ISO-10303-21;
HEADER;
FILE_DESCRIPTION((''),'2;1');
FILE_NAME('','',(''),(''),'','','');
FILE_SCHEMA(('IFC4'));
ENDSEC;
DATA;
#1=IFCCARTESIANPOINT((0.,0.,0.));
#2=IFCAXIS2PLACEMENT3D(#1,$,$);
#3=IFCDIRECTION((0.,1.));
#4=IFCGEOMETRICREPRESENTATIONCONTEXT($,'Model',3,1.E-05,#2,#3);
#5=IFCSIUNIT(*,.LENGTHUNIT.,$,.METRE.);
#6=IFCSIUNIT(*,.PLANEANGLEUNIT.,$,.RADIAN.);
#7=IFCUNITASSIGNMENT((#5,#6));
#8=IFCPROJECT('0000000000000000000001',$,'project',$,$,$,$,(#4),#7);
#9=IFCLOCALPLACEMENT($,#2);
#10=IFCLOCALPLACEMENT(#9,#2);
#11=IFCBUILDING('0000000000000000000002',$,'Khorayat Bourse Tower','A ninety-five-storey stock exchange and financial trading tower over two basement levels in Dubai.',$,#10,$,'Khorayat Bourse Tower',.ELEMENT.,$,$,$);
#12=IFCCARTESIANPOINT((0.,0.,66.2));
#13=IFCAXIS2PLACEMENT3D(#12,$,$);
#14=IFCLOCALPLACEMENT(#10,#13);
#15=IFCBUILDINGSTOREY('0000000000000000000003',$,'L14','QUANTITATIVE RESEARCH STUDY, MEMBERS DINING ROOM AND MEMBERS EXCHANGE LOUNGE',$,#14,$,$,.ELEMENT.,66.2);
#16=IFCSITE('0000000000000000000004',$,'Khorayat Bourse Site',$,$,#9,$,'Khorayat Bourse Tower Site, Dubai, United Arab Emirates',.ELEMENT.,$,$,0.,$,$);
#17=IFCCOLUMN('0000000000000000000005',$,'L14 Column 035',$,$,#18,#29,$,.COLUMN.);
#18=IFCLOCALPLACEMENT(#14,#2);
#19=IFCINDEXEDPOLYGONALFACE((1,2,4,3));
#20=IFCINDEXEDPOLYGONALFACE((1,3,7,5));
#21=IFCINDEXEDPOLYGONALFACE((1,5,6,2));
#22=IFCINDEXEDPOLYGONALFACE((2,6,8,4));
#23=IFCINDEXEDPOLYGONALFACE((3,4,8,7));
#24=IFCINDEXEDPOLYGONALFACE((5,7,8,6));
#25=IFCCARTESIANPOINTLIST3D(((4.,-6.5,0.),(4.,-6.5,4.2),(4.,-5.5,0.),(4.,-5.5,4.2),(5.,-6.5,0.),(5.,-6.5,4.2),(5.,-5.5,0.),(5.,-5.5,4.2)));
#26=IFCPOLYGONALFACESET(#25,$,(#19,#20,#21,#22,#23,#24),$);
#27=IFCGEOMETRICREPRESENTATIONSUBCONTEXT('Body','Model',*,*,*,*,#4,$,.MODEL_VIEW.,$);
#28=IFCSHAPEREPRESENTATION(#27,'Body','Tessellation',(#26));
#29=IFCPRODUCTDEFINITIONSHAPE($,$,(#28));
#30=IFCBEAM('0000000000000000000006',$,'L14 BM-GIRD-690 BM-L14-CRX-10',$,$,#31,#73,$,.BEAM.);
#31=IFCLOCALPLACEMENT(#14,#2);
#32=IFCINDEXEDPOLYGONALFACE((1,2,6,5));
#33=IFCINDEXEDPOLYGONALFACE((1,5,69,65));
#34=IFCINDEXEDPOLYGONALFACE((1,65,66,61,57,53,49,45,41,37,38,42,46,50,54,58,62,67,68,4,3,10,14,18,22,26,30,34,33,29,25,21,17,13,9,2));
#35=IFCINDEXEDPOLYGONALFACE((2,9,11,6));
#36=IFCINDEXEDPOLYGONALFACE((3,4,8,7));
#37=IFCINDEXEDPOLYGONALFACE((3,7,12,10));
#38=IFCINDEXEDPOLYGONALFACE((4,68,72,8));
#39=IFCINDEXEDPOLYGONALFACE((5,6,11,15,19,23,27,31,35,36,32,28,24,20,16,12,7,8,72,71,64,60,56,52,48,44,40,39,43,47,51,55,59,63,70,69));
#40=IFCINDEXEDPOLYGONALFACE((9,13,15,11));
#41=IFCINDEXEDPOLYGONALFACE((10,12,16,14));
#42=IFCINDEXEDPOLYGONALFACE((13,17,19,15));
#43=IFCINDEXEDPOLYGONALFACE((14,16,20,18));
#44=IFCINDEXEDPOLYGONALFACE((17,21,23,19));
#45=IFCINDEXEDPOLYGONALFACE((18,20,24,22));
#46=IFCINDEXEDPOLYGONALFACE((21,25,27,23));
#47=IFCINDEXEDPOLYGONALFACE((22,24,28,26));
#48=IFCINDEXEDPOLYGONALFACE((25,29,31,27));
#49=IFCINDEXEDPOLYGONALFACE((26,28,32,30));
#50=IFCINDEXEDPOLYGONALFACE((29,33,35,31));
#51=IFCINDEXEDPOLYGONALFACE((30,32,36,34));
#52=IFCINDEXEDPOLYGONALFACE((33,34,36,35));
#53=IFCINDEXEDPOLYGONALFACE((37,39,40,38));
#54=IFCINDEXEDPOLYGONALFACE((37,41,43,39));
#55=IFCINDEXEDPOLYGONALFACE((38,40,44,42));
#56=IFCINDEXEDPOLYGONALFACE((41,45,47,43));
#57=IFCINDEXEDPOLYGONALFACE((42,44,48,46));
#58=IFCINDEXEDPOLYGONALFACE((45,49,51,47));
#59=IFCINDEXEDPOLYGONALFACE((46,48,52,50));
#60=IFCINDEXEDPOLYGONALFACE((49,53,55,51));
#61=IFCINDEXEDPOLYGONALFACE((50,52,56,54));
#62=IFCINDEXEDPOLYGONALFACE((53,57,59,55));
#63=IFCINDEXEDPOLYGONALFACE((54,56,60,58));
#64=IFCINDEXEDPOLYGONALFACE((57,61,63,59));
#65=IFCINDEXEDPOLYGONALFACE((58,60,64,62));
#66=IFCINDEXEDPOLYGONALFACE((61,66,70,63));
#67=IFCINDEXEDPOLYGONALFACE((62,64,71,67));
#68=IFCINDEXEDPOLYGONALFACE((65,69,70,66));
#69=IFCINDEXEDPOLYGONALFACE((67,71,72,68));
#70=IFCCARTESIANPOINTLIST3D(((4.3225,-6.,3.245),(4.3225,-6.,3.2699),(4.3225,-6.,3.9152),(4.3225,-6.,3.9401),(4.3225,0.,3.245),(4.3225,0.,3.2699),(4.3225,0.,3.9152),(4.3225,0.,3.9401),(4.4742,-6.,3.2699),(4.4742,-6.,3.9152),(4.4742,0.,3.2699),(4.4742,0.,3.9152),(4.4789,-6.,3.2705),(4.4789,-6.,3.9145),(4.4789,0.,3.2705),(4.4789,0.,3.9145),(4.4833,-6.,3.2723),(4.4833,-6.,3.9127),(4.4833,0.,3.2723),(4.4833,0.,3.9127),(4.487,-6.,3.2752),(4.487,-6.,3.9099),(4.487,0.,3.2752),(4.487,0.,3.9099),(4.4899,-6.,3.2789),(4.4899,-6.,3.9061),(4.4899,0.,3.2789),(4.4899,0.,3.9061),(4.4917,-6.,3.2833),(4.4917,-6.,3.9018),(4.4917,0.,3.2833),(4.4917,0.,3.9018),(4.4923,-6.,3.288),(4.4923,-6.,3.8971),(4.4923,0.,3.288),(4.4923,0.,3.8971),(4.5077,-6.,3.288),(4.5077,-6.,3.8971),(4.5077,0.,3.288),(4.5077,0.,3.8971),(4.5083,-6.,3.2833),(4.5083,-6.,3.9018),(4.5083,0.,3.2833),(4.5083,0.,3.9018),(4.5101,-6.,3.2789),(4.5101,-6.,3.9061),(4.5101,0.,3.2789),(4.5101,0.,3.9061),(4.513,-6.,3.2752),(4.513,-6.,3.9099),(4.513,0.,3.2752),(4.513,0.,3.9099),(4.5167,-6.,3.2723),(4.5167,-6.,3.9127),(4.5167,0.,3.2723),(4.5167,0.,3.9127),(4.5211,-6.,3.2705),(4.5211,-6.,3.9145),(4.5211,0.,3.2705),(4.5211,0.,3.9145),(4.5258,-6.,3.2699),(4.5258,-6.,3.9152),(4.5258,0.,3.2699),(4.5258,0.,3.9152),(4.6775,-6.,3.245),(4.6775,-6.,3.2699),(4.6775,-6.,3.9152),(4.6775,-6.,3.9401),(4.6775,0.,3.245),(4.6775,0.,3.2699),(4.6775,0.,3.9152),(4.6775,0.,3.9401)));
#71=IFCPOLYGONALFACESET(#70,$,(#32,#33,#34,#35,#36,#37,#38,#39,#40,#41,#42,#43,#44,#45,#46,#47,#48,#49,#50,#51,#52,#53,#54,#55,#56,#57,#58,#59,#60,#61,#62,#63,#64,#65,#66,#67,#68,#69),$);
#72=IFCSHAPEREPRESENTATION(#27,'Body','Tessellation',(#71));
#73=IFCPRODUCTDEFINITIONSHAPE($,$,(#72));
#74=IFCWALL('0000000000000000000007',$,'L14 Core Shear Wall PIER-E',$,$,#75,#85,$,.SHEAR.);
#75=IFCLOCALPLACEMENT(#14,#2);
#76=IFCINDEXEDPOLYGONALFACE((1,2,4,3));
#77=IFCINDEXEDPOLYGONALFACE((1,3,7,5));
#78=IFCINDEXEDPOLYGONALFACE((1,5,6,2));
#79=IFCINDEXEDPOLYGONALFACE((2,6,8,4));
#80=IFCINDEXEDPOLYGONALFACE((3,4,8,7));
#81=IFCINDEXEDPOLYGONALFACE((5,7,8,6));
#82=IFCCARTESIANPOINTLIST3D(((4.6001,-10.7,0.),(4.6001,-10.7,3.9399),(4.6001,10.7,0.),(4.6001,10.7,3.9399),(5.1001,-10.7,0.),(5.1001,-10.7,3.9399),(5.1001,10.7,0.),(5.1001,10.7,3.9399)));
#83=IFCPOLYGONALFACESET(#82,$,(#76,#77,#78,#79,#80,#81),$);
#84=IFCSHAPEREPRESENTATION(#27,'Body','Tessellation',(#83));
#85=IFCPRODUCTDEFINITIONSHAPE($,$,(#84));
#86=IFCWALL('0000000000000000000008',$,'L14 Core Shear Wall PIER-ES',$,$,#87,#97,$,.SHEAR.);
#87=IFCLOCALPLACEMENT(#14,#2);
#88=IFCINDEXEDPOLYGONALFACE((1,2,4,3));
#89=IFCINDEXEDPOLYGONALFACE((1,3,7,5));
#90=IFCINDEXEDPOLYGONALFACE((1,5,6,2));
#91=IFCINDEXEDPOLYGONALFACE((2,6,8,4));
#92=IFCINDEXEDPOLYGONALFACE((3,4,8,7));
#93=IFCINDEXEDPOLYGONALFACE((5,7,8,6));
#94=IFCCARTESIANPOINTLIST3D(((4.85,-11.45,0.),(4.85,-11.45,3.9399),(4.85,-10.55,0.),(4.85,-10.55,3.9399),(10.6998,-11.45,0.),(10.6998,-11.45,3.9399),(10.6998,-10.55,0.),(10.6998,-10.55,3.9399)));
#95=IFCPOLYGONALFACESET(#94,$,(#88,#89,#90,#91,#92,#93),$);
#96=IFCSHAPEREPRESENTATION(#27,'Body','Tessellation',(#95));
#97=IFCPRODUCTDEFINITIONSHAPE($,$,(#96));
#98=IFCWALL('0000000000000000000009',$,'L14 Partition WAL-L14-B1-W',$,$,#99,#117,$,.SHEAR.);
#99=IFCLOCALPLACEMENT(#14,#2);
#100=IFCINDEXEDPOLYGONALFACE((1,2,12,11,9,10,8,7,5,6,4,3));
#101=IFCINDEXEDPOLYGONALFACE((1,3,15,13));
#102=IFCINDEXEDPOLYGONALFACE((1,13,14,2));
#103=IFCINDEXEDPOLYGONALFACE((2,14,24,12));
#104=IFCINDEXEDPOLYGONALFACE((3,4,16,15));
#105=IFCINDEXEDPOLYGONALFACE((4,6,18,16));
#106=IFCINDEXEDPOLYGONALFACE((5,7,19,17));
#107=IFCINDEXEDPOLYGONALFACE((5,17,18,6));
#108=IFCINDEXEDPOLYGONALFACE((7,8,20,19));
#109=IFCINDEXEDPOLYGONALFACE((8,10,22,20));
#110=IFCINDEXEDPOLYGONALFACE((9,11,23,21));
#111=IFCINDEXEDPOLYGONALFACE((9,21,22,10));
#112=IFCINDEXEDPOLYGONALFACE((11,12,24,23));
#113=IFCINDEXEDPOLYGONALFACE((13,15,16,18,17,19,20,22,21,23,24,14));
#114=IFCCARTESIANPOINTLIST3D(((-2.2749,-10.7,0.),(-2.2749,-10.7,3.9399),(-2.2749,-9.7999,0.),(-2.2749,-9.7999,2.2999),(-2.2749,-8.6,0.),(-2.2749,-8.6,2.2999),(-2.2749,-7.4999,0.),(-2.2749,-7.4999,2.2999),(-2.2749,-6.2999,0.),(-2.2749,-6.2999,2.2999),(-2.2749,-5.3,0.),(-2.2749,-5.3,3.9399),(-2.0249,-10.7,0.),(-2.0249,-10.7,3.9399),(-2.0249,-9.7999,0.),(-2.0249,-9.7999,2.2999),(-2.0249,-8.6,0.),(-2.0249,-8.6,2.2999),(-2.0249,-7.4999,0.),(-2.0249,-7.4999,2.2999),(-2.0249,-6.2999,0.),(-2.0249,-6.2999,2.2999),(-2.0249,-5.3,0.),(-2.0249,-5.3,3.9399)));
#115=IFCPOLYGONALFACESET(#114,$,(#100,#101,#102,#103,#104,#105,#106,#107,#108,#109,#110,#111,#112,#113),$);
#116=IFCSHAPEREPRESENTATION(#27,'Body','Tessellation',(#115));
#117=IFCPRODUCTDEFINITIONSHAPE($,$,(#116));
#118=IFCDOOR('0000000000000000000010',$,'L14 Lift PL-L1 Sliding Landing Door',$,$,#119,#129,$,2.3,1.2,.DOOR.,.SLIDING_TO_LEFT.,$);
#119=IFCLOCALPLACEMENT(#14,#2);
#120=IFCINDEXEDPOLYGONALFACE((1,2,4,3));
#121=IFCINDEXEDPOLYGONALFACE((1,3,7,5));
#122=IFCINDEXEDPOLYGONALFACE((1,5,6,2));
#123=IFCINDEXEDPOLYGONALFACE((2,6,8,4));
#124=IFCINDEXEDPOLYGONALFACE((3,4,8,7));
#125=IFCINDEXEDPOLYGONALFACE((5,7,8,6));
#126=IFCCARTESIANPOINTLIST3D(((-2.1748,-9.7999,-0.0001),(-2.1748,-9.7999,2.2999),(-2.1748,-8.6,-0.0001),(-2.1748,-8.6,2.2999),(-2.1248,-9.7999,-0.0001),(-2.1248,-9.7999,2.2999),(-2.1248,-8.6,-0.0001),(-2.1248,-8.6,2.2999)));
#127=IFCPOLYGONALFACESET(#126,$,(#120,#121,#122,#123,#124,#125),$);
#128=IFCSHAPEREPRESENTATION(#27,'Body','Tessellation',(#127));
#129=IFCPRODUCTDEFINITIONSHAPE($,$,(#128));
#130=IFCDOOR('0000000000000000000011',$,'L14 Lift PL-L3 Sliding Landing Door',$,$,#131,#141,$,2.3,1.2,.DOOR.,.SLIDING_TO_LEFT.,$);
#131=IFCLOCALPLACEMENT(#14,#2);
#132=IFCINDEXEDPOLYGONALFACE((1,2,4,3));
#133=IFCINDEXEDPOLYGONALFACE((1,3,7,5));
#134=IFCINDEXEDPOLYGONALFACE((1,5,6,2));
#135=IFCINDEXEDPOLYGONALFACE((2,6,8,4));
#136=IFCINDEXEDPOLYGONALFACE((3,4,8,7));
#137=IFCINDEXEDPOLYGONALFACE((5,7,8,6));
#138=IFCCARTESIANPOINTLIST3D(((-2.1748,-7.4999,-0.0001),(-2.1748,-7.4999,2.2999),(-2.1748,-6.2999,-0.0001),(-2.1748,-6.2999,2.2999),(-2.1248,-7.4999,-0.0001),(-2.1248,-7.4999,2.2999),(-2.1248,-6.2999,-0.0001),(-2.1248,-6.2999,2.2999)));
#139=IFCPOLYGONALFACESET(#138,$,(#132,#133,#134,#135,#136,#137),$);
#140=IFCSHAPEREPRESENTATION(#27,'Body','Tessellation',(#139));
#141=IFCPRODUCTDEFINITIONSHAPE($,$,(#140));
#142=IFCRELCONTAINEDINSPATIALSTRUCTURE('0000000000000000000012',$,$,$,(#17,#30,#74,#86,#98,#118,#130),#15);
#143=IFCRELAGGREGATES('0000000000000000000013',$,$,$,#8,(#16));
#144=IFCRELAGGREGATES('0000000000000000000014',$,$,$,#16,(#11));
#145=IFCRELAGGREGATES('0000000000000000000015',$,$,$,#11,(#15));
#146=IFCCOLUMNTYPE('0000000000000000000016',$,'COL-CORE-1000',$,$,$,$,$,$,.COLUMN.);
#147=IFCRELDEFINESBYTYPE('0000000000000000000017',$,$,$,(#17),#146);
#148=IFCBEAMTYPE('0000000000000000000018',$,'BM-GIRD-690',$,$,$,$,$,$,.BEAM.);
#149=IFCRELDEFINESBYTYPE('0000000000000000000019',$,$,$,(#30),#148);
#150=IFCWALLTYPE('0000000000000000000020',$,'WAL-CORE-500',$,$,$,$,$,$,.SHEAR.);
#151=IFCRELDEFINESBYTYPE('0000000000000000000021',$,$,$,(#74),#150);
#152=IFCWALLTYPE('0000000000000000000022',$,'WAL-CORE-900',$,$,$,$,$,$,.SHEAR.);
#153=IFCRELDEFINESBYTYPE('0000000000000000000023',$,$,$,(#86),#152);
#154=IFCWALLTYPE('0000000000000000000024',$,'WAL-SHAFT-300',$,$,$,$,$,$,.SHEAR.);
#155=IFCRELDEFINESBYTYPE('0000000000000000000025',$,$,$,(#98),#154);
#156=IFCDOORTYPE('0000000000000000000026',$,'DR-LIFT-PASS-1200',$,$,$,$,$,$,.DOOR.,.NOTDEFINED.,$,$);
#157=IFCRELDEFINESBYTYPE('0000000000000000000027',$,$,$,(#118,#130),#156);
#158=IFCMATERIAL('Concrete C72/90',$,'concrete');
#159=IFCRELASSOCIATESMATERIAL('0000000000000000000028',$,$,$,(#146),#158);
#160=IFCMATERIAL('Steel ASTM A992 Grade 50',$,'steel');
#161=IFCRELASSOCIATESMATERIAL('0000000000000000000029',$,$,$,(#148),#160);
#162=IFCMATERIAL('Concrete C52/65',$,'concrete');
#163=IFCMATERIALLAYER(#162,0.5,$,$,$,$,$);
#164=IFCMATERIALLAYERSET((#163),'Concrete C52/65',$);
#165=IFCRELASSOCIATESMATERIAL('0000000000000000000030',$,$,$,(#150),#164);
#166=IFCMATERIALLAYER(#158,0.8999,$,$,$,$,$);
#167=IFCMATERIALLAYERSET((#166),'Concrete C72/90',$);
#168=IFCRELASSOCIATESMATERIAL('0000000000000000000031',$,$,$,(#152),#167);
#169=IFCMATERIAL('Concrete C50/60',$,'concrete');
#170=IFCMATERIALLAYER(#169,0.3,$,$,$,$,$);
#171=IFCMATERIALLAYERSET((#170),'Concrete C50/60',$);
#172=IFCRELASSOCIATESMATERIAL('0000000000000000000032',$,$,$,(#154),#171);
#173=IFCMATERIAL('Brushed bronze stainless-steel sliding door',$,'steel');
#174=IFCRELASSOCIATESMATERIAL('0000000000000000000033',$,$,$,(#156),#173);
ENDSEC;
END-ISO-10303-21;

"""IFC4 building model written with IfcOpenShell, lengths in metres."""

from ifc_helpers import new_model, si_unit, direction, frame, frame_2d, origin, origin_2d, place, context, subcontext, project, spatial, rectangle, i_section, extrude, source, transform, mapped, material, layer, layer_set, material_profile, profile_set, type_object, element, fill, save


model = new_model("IFC4")

# Units and contexts
model_context = context("Model", 3, precision=1e-05, world=origin(), true_north=direction((0.0, 1.0)))
body_context = subcontext(model_context, "Body", "Model", "MODEL_VIEW")
ifc_project = project(units=[si_unit("LENGTHUNIT", "METRE"), si_unit("PLANEANGLEUNIT", "RADIAN")], contexts=[model_context])

# Site, building, storey
site_placement = place(None, origin())
site = spatial("IfcSite", under=ifc_project, at=site_placement, Name="Khorayat Bourse Site", LongName="Khorayat Bourse Tower Site, Dubai, United Arab Emirates", CompositionType="ELEMENT", RefElevation=0.0)
building_placement = place(site_placement, origin())
building = spatial("IfcBuilding", under=site, at=building_placement, Name="Khorayat Bourse Tower", Description="A ninety-five-storey stock exchange and financial trading tower over two basement levels in Dubai.", LongName="Khorayat Bourse Tower", CompositionType="ELEMENT")
storey_placement = place(building_placement, frame((0.0, 0.0, 66.2)))
storey = spatial("IfcBuildingStorey", under=building, at=storey_placement, Name="L14", Description="QUANTITATIVE RESEARCH STUDY, MEMBERS DINING ROOM AND MEMBERS EXCHANGE LOUNGE", CompositionType="ELEMENT", Elevation=66.2)

# Column
ifc_material_1 = material(Name="Concrete C72/90", Category="concrete")
ifc_material_profile_1 = material_profile(ifc_material_1, rectangle(XDim=1.0, YDim=1.0, at=origin_2d()), Name="RC 1000x1000")
ifc_profile_set_1 = profile_set([ifc_material_profile_1], Name="Concrete C72/90")
column_type = type_object("IfcColumnType", Name="COL-CORE-1000", PredefinedType="COLUMN", material=ifc_profile_set_1)
shared_shape_1 = source(origin(), body_context, "Body", "SweptSolid", [
    extrude(rectangle(XDim=1.0, YDim=1.0, at=origin_2d()), origin(), (0.0, 0.0, 1.0), 4.2),
])
column_placement = place(storey_placement, frame((4.5, -6.0, 0.0), z_axis=(0.0, 0.0, 1.0), x_axis=(1.0, 0.0, 0.0)))
element("IfcColumn", 1, at=column_placement, inside=storey, type_object=column_type, Name="L14 Column 035", PredefinedType="COLUMN", context=body_context, shape_type="MappedRepresentation", body=[
    mapped(shared_shape_1, transform((0.0, 0.0, 0.0), scale=1.0)),
])

# Beam
ifc_material_2 = material(Name="Steel ASTM A992 Grade 50", Category="steel")
ifc_material_profile_2 = material_profile(ifc_material_2, i_section(OverallWidth=0.355, OverallDepth=0.6951, WebThickness=0.0154, FlangeThickness=0.0249, FilletRadius=0.0181, at=origin_2d()), Name="W690X217")
ifc_profile_set_2 = profile_set([ifc_material_profile_2], Name="Steel ASTM A992 Grade 50")
beam_type = type_object("IfcBeamType", Name="BM-GIRD-690", PredefinedType="BEAM", material=ifc_profile_set_2)
shared_shape_2 = source(origin(), body_context, "Body", "SweptSolid", [
    extrude(i_section(OverallWidth=0.355, OverallDepth=0.6951, WebThickness=0.0154, FlangeThickness=0.0249, FilletRadius=0.0181, at=origin_2d()), origin(), (0.0, 0.0, 1.0), 6.0),
])
beam_placement = place(storey_placement, frame((4.5, -6.0, 3.5925), z_axis=(0.0, 1.0, 0.0), x_axis=(-1.0, 0.0, 0.0)))
element("IfcBeam", 2, at=beam_placement, inside=storey, type_object=beam_type, Name="L14 BM-GIRD-690 BM-L14-CRX-10", PredefinedType="BEAM", context=body_context, shape_type="MappedRepresentation", body=[
    mapped(shared_shape_2, transform((0.0, 0.0, 0.0), scale=1.0)),
])

# Walls
ifc_material_3 = material(Name="Concrete C52/65", Category="concrete")
ifc_layer_1 = layer(ifc_material_3, 0.5)
ifc_layer_set_1 = layer_set([ifc_layer_1], Name="Concrete C52/65")
wall_type_1 = type_object("IfcWallType", Name="WAL-CORE-500", PredefinedType="SHEAR", material=ifc_layer_set_1)
shared_shape_3 = source(origin(), body_context, "Body", "SweptSolid", [
    extrude(rectangle(XDim=21.3999, YDim=0.5, at=frame_2d((10.7, 0.0))), origin(), (0.0, 0.0, 1.0), 3.9399),
])
wall_1_placement = place(storey_placement, frame((4.8501, -10.7, 0.0), z_axis=(0.0, 0.0, 1.0), x_axis=(0.0, 1.0, 0.0)))
element("IfcWall", 3, at=wall_1_placement, inside=storey, type_object=wall_type_1, Name="L14 Core Shear Wall PIER-E", PredefinedType="SHEAR", context=body_context, shape_type="MappedRepresentation", body=[
    mapped(shared_shape_3, transform((0.0, 0.0, 0.0), scale=1.0)),
])
ifc_layer_2 = layer(ifc_material_1, 0.8999)
ifc_layer_set_2 = layer_set([ifc_layer_2], Name="Concrete C72/90")
wall_type_2 = type_object("IfcWallType", Name="WAL-CORE-900", PredefinedType="SHEAR", material=ifc_layer_set_2)
shared_shape_4 = source(origin(), body_context, "Body", "SweptSolid", [
    extrude(rectangle(XDim=5.8499, YDim=0.8999, at=frame_2d((2.9248, 0.0))), origin(), (0.0, 0.0, 1.0), 3.9399),
])
wall_2_placement = place(storey_placement, frame((4.8501, -11.0, 0.0), z_axis=(0.0, 0.0, 1.0), x_axis=(1.0, 0.0, 0.0)))
element("IfcWall", 4, at=wall_2_placement, inside=storey, type_object=wall_type_2, Name="L14 Core Shear Wall PIER-ES", PredefinedType="SHEAR", context=body_context, shape_type="MappedRepresentation", body=[
    mapped(shared_shape_4, transform((0.0, 0.0, 0.0), scale=1.0)),
])

# Wall, openings, doors
ifc_material_4 = material(Name="Concrete C50/60", Category="concrete")
ifc_layer_3 = layer(ifc_material_4, 0.3)
ifc_layer_set_3 = layer_set([ifc_layer_3], Name="Concrete C50/60")
wall_type_3 = type_object("IfcWallType", Name="WAL-SHAFT-300", PredefinedType="SHEAR", material=ifc_layer_set_3)
shared_shape_5 = source(origin(), body_context, "Body", "SweptSolid", [
    extrude(rectangle(XDim=5.3999, YDim=0.25, at=frame_2d((2.7, 0.0))), origin(), (0.0, 0.0, 1.0), 3.9399),
])
wall_3_placement = place(storey_placement, frame((-2.1499, -10.7, 0.0), z_axis=(0.0, 0.0, 1.0), x_axis=(0.0, 1.0, 0.0)))
wall_3 = element("IfcWall", 5, at=wall_3_placement, inside=storey, type_object=wall_type_3, Name="L14 Partition WAL-L14-B1-W", PredefinedType="SHEAR", context=body_context, shape_type="MappedRepresentation", body=[
    mapped(shared_shape_5, transform((0.0, 0.0, 0.0), scale=1.0)),
])
shared_shape_6 = source(origin(), body_context, "Body", "SweptSolid", [
    extrude(rectangle(XDim=1.2, YDim=2.3, at=frame_2d((0.6001, 1.1499))), frame((0.0, 0.135, 0.0), z_axis=(0.0, -1.0, 0.0), x_axis=(1.0, 0.0, 0.0)), (0.0, 0.0, 1.0), 0.27),
])
opening_1_placement = place(wall_3_placement, frame((0.8999, 0.0, 0.0)))
opening_1 = element("IfcOpeningElement", 6, at=opening_1_placement, cuts=wall_3, PredefinedType="OPENING", context=body_context, shape_type="MappedRepresentation", body=[
    mapped(shared_shape_6, transform((0.0, 0.0, 0.0), scale=1.0)),
])
opening_2_placement = place(wall_3_placement, frame((3.2, 0.0, 0.0)))
opening_2 = element("IfcOpeningElement", 7, at=opening_2_placement, cuts=wall_3, PredefinedType="OPENING", context=body_context, shape_type="MappedRepresentation", body=[
    mapped(shared_shape_6, transform((0.0, 0.0, 0.0), scale=1.0)),
])
ifc_material_5 = material(Name="Brushed bronze stainless-steel sliding door", Category="steel")
door_type_1 = type_object("IfcDoorType", Name="DR-LIFT-PASS-1200", OperationType="NOTDEFINED", PredefinedType="DOOR", material=ifc_material_5)
shared_shape_7 = source(origin(), body_context, "Body", "SweptSolid", [
    extrude(rectangle(XDim=1.2, YDim=2.3, at=frame_2d((0.6001, 1.1499))), frame((0.0, 0.0249, 0.0), z_axis=(0.0, -1.0, 0.0), x_axis=(1.0, 0.0, 0.0)), (0.0, 0.0, 1.0), 0.05),
])
door_1_placement = place(opening_1_placement, origin())
door_1 = element("IfcDoor", 8, at=door_1_placement, inside=storey, type_object=door_type_1, Name="L14 Lift PL-L1 Sliding Landing Door", OperationType="SLIDING_TO_LEFT", OverallHeight=2.3, OverallWidth=1.2, PredefinedType="DOOR", context=body_context, shape_type="MappedRepresentation", body=[
    mapped(shared_shape_7, transform((0.0, 0.0, 0.0), scale=1.0)),
])
fill(opening_1, door_1)
door_2_placement = place(opening_2_placement, origin())
door_2 = element("IfcDoor", 9, at=door_2_placement, inside=storey, type_object=door_type_1, Name="L14 Lift PL-L3 Sliding Landing Door", OperationType="SLIDING_TO_LEFT", OverallHeight=2.3, OverallWidth=1.2, PredefinedType="DOOR", context=body_context, shape_type="MappedRepresentation", body=[
    mapped(shared_shape_7, transform((0.0, 0.0, 0.0), scale=1.0)),
])
fill(opening_2, door_2)

save(model, "model.ifc")
